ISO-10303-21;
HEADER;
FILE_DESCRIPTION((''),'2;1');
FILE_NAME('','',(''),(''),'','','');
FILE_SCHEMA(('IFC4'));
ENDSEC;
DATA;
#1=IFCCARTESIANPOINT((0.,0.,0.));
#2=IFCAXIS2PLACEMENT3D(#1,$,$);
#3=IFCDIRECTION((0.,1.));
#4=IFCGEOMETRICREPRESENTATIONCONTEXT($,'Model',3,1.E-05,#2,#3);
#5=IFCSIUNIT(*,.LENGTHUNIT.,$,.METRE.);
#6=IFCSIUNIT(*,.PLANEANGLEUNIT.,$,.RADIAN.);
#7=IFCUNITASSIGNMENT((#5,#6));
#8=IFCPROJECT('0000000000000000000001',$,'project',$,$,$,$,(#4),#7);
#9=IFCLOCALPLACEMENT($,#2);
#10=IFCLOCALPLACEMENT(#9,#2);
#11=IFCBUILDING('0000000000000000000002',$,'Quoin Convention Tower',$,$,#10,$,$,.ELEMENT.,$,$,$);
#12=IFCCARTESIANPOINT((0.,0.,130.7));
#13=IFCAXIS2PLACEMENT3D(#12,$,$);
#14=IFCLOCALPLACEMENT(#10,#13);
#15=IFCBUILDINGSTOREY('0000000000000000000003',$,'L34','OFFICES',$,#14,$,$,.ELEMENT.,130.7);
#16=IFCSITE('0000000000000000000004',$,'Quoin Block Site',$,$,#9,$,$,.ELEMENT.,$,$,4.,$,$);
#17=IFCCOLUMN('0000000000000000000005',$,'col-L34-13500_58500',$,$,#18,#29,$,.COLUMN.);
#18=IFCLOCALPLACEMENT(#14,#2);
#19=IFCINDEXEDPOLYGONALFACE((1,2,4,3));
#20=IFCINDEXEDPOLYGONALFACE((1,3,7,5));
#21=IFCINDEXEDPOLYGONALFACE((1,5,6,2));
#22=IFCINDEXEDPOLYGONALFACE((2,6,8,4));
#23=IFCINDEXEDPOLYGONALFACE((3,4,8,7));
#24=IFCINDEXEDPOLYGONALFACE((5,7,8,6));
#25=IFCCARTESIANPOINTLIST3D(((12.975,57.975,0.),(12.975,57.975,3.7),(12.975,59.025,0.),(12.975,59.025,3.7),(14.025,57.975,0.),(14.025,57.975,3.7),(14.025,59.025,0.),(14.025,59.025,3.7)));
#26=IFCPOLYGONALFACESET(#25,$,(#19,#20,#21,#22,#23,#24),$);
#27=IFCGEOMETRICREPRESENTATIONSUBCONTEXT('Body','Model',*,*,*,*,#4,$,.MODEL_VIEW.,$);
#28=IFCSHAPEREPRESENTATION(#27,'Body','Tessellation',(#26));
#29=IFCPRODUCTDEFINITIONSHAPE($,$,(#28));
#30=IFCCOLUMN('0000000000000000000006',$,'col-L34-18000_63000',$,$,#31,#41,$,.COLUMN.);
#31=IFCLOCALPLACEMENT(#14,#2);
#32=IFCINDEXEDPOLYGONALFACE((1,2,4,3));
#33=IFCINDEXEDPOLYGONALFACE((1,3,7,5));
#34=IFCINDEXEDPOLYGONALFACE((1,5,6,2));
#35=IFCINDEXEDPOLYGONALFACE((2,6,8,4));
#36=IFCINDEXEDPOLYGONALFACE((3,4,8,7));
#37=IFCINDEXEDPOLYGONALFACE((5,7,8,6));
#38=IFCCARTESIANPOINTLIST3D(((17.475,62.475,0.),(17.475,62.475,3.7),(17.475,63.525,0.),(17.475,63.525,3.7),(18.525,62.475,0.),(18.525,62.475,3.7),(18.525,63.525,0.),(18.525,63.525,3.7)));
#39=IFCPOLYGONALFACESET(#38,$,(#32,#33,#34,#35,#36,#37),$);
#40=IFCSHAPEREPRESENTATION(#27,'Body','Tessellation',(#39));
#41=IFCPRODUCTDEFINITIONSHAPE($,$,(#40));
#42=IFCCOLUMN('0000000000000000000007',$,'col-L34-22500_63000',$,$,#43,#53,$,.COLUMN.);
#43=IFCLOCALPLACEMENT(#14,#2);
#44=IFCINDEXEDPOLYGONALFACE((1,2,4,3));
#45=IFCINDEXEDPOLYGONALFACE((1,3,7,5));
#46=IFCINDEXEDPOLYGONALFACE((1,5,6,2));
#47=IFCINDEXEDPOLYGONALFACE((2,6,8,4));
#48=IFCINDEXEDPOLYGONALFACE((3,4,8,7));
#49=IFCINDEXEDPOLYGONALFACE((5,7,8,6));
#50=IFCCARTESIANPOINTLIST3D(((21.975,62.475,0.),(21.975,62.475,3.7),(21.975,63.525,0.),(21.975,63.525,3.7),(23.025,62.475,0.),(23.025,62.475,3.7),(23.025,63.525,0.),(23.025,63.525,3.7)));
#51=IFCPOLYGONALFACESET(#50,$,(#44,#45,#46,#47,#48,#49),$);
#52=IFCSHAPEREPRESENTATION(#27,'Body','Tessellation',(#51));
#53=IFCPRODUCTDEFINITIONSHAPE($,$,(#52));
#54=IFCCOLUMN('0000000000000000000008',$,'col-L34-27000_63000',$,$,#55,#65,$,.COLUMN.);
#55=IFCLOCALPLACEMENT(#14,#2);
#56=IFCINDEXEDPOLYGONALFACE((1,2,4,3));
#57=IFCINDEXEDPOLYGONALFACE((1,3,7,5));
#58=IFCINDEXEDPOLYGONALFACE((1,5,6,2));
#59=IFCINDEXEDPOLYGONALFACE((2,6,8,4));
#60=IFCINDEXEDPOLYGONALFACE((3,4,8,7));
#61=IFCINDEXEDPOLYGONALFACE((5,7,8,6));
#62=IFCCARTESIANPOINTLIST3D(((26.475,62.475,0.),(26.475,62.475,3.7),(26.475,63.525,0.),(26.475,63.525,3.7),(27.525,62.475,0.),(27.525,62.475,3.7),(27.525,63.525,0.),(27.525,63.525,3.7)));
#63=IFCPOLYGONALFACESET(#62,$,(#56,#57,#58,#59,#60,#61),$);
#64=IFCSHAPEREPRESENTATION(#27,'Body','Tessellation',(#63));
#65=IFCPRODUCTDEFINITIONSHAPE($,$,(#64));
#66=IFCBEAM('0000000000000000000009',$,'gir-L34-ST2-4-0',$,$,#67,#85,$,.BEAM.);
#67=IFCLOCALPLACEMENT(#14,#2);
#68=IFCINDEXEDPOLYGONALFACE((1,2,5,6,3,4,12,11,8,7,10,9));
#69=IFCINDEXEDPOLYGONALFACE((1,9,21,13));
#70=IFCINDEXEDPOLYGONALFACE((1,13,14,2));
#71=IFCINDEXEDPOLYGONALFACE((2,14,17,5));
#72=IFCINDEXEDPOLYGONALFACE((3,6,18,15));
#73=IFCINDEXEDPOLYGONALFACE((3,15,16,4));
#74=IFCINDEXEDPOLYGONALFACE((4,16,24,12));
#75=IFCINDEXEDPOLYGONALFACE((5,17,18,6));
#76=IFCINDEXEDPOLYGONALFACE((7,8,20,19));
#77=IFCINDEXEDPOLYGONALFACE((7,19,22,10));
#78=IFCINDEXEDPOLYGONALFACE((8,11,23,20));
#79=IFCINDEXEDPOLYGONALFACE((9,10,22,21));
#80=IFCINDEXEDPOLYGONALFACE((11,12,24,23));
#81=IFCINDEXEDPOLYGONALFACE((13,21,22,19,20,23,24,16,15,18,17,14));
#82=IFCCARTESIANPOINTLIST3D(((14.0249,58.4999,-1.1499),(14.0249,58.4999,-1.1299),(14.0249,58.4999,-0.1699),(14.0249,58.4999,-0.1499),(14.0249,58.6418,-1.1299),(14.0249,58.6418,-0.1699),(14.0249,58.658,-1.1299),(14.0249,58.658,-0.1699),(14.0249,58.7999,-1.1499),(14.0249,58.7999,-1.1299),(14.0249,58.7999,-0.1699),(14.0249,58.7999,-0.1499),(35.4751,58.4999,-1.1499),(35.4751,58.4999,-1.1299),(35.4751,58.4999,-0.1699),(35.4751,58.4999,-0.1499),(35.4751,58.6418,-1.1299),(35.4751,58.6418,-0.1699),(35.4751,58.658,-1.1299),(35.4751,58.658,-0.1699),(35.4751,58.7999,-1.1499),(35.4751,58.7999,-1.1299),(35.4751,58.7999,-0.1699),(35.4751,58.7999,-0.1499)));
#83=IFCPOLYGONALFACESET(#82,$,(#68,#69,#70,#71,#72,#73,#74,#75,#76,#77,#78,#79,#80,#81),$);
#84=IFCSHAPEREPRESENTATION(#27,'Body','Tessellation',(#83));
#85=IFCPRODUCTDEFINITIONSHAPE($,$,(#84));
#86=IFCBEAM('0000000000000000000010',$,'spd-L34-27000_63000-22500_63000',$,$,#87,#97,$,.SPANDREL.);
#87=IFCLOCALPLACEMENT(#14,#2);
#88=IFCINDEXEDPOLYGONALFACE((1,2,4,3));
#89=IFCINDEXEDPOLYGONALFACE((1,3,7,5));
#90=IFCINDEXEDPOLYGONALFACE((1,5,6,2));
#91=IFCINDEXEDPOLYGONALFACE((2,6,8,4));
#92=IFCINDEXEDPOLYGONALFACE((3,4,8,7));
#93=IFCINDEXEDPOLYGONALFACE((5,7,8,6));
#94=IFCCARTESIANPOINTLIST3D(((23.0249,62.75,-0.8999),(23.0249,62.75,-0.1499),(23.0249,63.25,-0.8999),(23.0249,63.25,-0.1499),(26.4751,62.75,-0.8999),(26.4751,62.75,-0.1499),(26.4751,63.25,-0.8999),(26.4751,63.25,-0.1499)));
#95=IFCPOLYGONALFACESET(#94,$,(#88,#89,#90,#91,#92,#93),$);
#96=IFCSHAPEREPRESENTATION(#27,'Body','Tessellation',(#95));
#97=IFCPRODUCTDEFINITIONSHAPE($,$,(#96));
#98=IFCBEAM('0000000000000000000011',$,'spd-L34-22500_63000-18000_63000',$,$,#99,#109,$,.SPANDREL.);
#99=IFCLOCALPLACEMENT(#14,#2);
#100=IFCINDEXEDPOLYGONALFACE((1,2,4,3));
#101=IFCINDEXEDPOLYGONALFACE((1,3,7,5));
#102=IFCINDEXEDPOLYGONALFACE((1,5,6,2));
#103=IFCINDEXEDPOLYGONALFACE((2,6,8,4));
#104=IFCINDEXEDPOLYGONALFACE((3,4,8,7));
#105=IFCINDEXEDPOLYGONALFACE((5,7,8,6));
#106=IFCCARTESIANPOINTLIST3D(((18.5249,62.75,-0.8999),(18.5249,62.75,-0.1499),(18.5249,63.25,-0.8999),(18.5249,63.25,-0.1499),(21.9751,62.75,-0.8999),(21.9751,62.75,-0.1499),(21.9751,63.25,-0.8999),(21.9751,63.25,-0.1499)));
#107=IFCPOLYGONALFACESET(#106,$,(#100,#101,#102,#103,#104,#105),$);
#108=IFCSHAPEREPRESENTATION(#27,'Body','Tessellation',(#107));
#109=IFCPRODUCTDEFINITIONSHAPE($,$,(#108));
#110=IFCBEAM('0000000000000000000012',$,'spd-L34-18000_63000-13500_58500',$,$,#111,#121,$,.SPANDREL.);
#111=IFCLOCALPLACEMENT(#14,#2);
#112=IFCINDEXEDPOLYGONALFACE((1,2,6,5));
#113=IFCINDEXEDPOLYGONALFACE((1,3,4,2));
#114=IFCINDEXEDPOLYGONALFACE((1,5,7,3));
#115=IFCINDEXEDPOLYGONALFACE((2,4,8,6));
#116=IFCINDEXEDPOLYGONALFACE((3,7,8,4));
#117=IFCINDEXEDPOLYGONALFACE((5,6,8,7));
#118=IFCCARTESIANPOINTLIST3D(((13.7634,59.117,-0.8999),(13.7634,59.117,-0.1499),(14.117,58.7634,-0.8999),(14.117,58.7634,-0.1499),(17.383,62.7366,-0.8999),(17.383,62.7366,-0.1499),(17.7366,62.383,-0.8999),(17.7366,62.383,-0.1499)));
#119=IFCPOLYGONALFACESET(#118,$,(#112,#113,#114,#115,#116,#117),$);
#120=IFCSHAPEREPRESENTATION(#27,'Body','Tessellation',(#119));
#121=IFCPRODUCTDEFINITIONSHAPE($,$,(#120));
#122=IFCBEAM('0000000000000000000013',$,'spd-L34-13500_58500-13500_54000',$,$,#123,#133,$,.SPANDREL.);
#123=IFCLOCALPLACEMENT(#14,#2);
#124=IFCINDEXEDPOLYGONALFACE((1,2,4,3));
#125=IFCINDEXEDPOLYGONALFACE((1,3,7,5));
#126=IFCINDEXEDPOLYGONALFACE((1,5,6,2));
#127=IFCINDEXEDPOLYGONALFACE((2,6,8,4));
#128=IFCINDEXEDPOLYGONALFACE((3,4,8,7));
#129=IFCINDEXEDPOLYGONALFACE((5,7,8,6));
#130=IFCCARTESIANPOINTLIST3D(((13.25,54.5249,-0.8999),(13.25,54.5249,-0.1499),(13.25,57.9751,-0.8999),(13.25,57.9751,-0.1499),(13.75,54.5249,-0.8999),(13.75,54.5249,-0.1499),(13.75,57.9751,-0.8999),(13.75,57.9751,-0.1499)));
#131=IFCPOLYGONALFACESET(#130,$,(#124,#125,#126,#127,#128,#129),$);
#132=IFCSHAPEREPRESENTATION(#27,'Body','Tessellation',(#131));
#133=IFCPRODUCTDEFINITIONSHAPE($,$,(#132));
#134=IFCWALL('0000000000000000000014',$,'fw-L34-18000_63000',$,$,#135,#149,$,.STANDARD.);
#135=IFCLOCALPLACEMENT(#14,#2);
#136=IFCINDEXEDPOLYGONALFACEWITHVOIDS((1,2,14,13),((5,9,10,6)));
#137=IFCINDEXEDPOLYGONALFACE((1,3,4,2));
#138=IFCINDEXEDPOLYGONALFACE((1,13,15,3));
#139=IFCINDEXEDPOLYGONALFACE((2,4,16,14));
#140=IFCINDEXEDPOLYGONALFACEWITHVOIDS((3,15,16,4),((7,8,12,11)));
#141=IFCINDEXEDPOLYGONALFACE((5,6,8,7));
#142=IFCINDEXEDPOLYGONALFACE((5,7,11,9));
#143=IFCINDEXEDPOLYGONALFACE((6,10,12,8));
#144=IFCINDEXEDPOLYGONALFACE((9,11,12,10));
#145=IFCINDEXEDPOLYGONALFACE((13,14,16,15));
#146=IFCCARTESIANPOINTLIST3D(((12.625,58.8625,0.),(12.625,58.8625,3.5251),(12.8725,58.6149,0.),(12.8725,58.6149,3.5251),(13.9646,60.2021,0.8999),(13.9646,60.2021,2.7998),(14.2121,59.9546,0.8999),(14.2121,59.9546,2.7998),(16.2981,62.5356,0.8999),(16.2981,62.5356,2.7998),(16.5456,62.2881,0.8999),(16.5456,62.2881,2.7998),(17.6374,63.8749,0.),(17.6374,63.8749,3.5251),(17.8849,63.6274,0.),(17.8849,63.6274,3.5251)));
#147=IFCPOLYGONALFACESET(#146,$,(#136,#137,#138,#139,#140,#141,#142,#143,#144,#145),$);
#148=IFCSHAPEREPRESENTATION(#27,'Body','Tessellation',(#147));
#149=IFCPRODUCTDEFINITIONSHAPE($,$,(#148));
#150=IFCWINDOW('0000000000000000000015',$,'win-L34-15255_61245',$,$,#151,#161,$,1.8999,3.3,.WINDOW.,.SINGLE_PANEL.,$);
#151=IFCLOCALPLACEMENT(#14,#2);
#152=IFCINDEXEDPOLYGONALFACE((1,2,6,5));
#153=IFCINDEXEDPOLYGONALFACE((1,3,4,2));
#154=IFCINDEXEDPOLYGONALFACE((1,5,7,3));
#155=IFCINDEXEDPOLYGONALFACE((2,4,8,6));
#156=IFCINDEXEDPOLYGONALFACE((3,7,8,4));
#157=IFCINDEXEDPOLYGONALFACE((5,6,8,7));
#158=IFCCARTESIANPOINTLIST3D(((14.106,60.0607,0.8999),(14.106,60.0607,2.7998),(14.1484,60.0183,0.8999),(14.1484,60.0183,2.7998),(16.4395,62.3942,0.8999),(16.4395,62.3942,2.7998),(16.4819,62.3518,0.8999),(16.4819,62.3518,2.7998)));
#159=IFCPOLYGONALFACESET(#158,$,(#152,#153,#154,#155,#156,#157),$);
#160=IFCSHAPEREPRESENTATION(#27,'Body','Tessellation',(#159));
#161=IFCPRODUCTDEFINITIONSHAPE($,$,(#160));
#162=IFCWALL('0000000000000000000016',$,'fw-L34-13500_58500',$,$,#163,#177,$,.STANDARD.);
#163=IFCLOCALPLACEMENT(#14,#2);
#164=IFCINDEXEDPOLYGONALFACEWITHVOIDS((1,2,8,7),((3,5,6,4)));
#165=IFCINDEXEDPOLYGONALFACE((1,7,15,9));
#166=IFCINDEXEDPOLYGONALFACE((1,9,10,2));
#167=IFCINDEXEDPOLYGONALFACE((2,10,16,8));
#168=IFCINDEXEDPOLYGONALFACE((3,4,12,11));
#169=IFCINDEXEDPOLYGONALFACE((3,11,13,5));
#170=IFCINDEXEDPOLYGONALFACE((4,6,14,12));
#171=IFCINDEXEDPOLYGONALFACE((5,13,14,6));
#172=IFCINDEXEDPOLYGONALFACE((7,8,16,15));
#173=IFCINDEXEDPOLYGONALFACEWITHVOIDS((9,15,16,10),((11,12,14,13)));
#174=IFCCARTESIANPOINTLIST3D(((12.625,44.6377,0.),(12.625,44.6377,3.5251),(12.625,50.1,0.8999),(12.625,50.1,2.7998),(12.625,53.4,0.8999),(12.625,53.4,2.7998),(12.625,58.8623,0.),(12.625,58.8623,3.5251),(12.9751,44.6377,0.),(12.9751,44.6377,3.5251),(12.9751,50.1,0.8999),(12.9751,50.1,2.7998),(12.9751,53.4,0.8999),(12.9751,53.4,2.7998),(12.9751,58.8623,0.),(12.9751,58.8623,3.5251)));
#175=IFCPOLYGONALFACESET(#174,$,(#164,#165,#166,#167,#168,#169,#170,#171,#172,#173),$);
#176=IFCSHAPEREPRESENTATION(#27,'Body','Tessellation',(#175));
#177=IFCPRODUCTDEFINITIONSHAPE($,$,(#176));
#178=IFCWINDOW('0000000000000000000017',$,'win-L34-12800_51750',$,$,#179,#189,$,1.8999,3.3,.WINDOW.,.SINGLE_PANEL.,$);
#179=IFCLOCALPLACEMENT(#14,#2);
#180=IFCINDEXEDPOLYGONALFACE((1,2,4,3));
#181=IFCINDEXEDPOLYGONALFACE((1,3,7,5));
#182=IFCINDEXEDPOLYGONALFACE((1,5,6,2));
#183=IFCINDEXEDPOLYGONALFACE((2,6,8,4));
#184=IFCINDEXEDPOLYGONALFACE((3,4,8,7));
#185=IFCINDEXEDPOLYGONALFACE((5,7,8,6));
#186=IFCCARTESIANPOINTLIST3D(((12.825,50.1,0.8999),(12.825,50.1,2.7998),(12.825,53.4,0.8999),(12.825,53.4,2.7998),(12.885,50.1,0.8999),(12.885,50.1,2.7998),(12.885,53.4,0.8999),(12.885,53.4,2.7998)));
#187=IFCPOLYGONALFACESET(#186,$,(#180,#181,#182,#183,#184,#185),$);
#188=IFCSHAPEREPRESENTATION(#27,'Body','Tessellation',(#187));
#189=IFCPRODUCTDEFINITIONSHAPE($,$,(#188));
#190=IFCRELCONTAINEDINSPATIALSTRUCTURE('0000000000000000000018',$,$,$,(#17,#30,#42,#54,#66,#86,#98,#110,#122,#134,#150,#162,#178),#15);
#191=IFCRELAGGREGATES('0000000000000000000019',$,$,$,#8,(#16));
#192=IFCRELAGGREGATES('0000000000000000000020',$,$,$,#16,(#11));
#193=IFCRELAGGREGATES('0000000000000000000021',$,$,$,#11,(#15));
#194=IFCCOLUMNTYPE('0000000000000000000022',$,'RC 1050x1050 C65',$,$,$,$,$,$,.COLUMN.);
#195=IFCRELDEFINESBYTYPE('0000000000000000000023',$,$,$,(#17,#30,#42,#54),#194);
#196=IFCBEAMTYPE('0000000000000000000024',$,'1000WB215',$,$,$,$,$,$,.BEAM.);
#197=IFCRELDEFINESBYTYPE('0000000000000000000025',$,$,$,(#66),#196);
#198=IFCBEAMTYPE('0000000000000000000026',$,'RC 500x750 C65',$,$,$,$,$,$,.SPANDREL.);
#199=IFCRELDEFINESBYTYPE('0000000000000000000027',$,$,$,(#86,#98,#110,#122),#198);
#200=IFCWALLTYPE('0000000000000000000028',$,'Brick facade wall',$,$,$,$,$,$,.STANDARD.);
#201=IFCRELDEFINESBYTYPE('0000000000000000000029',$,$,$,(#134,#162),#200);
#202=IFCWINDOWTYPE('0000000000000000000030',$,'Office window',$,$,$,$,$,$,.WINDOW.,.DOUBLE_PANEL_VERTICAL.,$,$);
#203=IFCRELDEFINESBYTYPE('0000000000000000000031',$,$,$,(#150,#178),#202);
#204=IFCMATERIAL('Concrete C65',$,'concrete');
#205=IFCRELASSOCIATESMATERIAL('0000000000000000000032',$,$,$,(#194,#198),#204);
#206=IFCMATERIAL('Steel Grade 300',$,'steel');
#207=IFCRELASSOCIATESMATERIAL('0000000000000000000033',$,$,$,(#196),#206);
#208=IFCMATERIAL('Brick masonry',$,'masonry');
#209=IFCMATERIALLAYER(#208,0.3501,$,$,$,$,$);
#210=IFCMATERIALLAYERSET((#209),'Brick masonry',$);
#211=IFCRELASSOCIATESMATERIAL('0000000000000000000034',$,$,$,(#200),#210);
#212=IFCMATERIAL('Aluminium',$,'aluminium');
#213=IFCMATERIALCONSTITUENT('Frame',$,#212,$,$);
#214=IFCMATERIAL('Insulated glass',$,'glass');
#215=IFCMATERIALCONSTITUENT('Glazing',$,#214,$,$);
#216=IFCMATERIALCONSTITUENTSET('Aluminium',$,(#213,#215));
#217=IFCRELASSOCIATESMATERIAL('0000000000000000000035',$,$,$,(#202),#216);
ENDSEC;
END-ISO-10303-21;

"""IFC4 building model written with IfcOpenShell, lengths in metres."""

from ifc_helpers import new_model, si_unit, direction, frame, frame_2d, origin, origin_2d, place, context, subcontext, project, spatial, rectangle, i_section, extrude, material, layer, layer_set, constituent, constituent_set, material_profile, profile_set, type_object, element, fill, save


model = new_model("IFC4")

# Units and contexts
model_context = context("Model", 3, precision=1e-05, world=origin(), true_north=direction((0.0, 1.0)))
body_context = subcontext(model_context, "Body", "Model", "MODEL_VIEW")
ifc_project = project(units=[si_unit("LENGTHUNIT", "METRE"), si_unit("PLANEANGLEUNIT", "RADIAN")], contexts=[model_context])

# Site, building, storey
site_placement = place(None, origin())
site = spatial("IfcSite", under=ifc_project, at=site_placement, Name="Quoin Block Site", CompositionType="ELEMENT", RefElevation=4.0)
building_placement = place(site_placement, origin())
building = spatial("IfcBuilding", under=site, at=building_placement, Name="Quoin Convention Tower", CompositionType="ELEMENT")
storey_placement = place(building_placement, frame((0.0, 0.0, 130.7)))
storey = spatial("IfcBuildingStorey", under=building, at=storey_placement, Name="L34", Description="OFFICES", CompositionType="ELEMENT", Elevation=130.7)

# Columns
ifc_material_1 = material(Name="Concrete C65", Category="concrete")
ifc_material_profile_1 = material_profile(ifc_material_1, rectangle(XDim=1.05, YDim=1.05, at=origin_2d()), Name="RC 1050x1050")
ifc_profile_set_1 = profile_set([ifc_material_profile_1], Name="Concrete C65")
column_type = type_object("IfcColumnType", Name="RC 1050x1050 C65", PredefinedType="COLUMN", material=ifc_profile_set_1)
for number, where, z_axis, x_axis, name in (
    (1, (13.5, 58.5, 0.0), (0.0, 0.0, 1.0), (1.0, 0.0, 0.0), "col-L34-13500_58500"),
    (2, (18.0, 63.0, 0.0), (0.0, 0.0, 1.0), (1.0, 0.0, 0.0), "col-L34-18000_63000"),
    (3, (22.5, 63.0, 0.0), (0.0, 0.0, 1.0), (1.0, 0.0, 0.0), "col-L34-22500_63000"),
    (4, (27.0, 63.0, 0.0), (0.0, 0.0, 1.0), (1.0, 0.0, 0.0), "col-L34-27000_63000"),
):
    element("IfcColumn", number, at=place(storey_placement, frame(where, z_axis=z_axis, x_axis=x_axis)), inside=storey, type_object=column_type, Name=name, PredefinedType="COLUMN", context=body_context, shape_type="SweptSolid", body=[
        extrude(rectangle(XDim=1.05, YDim=1.05, at=origin_2d()), origin(), (0.0, 0.0, 1.0), 3.7),
    ])

# Beams
ifc_material_2 = material(Name="Steel Grade 300", Category="steel")
ifc_material_profile_2 = material_profile(ifc_material_2, i_section(OverallWidth=0.3, OverallDepth=1.0, WebThickness=0.0161, FlangeThickness=0.02, at=origin_2d()), Name="1000WB215")
ifc_profile_set_2 = profile_set([ifc_material_profile_2], Name="Steel Grade 300")
beam_type_1 = type_object("IfcBeamType", Name="1000WB215", PredefinedType="BEAM", material=ifc_profile_set_2)
beam_1_placement = place(storey_placement, frame((14.0249, 58.6499, -0.6499), z_axis=(1.0, 0.0, 0.0), x_axis=(0.0, 1.0, 0.0)))
element("IfcBeam", 5, at=beam_1_placement, inside=storey, type_object=beam_type_1, Name="gir-L34-ST2-4-0", PredefinedType="BEAM", context=body_context, shape_type="SweptSolid", body=[
    extrude(i_section(OverallWidth=0.3, OverallDepth=1.0, WebThickness=0.0161, FlangeThickness=0.02, at=origin_2d()), origin(), (0.0, 0.0, 1.0), 21.4502),
])
ifc_material_profile_3 = material_profile(ifc_material_1, rectangle(XDim=0.5, YDim=0.75, at=origin_2d()), Name="RC 500x750")
ifc_profile_set_3 = profile_set([ifc_material_profile_3], Name="Concrete C65")
beam_type_2 = type_object("IfcBeamType", Name="RC 500x750 C65", PredefinedType="SPANDREL", material=ifc_profile_set_3)
for number, where, z_axis, x_axis, name in (
    (6, (26.4751, 63.0, -0.5249), (-1.0, 0.0, 0.0), (0.0, -1.0, 0.0), "spd-L34-27000_63000-22500_63000"),
    (7, (21.9751, 63.0, -0.5249), (-1.0, 0.0, 0.0), (0.0, -1.0, 0.0), "spd-L34-22500_63000-18000_63000"),
):
    element("IfcBeam", number, at=place(storey_placement, frame(where, z_axis=z_axis, x_axis=x_axis)), inside=storey, type_object=beam_type_2, Name=name, PredefinedType="SPANDREL", context=body_context, shape_type="SweptSolid", body=[
        extrude(rectangle(XDim=0.5, YDim=0.75, at=origin_2d()), origin(), (0.0, 0.0, 1.0), 3.4502),
    ])
beam_2_placement = place(storey_placement, frame((17.5598, 62.5598, -0.5249), z_axis=(-0.707107, -0.707107, 0.0), x_axis=(0.707107, -0.707107, 0.0)))
element("IfcBeam", 8, at=beam_2_placement, inside=storey, type_object=beam_type_2, Name="spd-L34-18000_63000-13500_58500", PredefinedType="SPANDREL", context=body_context, shape_type="SweptSolid", body=[
    extrude(rectangle(XDim=0.5, YDim=0.75, at=origin_2d()), origin(), (0.0, 0.0, 1.0), 5.1189),
])
beam_3_placement = place(storey_placement, frame((13.5, 57.9751, -0.5249), z_axis=(0.0, -1.0, 0.0), x_axis=(1.0, 0.0, 0.0)))
element("IfcBeam", 9, at=beam_3_placement, inside=storey, type_object=beam_type_2, Name="spd-L34-13500_58500-13500_54000", PredefinedType="SPANDREL", context=body_context, shape_type="SweptSolid", body=[
    extrude(rectangle(XDim=0.5, YDim=0.75, at=origin_2d()), origin(), (0.0, 0.0, 1.0), 3.4502),
])

# Walls, openings, windows
ifc_material_3 = material(Name="Brick masonry", Category="masonry")
ifc_layer_1 = layer(ifc_material_3, 0.3501)
ifc_layer_set_1 = layer_set([ifc_layer_1], Name="Brick masonry")
wall_type_1 = type_object("IfcWallType", Name="Brick facade wall", PredefinedType="STANDARD", material=ifc_layer_set_1)
wall_1_placement = place(storey_placement, frame((17.7612, 63.7512, 0.0), z_axis=(0.0, 0.0, 1.0), x_axis=(-0.707107, -0.707107, 0.0)))
wall_1 = element("IfcWall", 10, at=wall_1_placement, inside=storey, type_object=wall_type_1, Name="fw-L34-18000_63000", PredefinedType="STANDARD", context=body_context, shape_type="SweptSolid", body=[
    extrude(rectangle(XDim=7.0886, YDim=0.3501, at=frame_2d((3.5444, 0.0))), origin(), (0.0, 0.0, 1.0), 3.5251),
])
opening_1_placement = place(wall_1_placement, frame((1.8943, 0.0, 0.8999)))
opening_1 = element("IfcOpeningElement", 11, at=opening_1_placement, cuts=wall_1, PredefinedType="OPENING", context=body_context, shape_type="SweptSolid", body=[
    extrude(rectangle(XDim=3.3, YDim=1.8999, at=frame_2d((1.6499, 0.95))), frame((0.0, 0.1851, 0.0), z_axis=(0.0, -1.0, 0.0), x_axis=(1.0, 0.0, 0.0)), (0.0, 0.0, 1.0), 0.3701),
])
ifc_material_4 = material(Name="Aluminium", Category="aluminium")
ifc_constituent_1 = constituent(ifc_material_4, Name="Frame")
ifc_material_5 = material(Name="Insulated glass", Category="glass")
ifc_constituent_2 = constituent(ifc_material_5, Name="Glazing")
ifc_constituent_set = constituent_set(constituents=[ifc_constituent_1, ifc_constituent_2], Name="Aluminium")
window_type = type_object("IfcWindowType", Name="Office window", PartitioningType="DOUBLE_PANEL_VERTICAL", PredefinedType="WINDOW", material=ifc_constituent_set)
window_1_placement = place(opening_1_placement, origin())
window_1 = element("IfcWindow", 12, at=window_1_placement, inside=storey, type_object=window_type, Name="win-L34-15255_61245", OverallHeight=1.8999, OverallWidth=3.3, PartitioningType="SINGLE_PANEL", PredefinedType="WINDOW", context=body_context, shape_type="SweptSolid", body=[
    extrude(rectangle(XDim=3.3, YDim=1.8999, at=frame_2d((1.6499, 0.95))), frame((0.0, 0.085, 0.0), z_axis=(0.0, -1.0, 0.0), x_axis=(1.0, 0.0, 0.0)), (0.0, 0.0, 1.0), 0.0601),
])
fill(opening_1, window_1)
wall_2_placement = place(storey_placement, frame((12.8, 58.8623, 0.0), z_axis=(0.0, 0.0, 1.0), x_axis=(0.0, -1.0, 0.0)))
wall_2 = element("IfcWall", 13, at=wall_2_placement, inside=storey, type_object=wall_type_1, Name="fw-L34-13500_58500", PredefinedType="STANDARD", context=body_context, shape_type="SweptSolid", body=[
    extrude(rectangle(XDim=14.2246, YDim=0.3501, at=frame_2d((7.1123, 0.0))), origin(), (0.0, 0.0, 1.0), 3.5251),
])
opening_2_placement = place(wall_2_placement, frame((5.4624, 0.0, 0.8999)))
opening_2 = element("IfcOpeningElement", 14, at=opening_2_placement, cuts=wall_2, PredefinedType="OPENING", context=body_context, shape_type="SweptSolid", body=[
    extrude(rectangle(XDim=3.3, YDim=1.8999, at=frame_2d((1.6499, 0.95))), frame((0.0, 0.1851, 0.0), z_axis=(0.0, -1.0, 0.0), x_axis=(1.0, 0.0, 0.0)), (0.0, 0.0, 1.0), 0.3701),
])
window_2_placement = place(opening_2_placement, origin())
window_2 = element("IfcWindow", 15, at=window_2_placement, inside=storey, type_object=window_type, Name="win-L34-12800_51750", OverallHeight=1.8999, OverallWidth=3.3, PartitioningType="SINGLE_PANEL", PredefinedType="WINDOW", context=body_context, shape_type="SweptSolid", body=[
    extrude(rectangle(XDim=3.3, YDim=1.8999, at=frame_2d((1.6499, 0.95))), frame((0.0, 0.085, 0.0), z_axis=(0.0, -1.0, 0.0), x_axis=(1.0, 0.0, 0.0)), (0.0, 0.0, 1.0), 0.0601),
])
fill(opening_2, window_2)

save(model, "model.ifc")
